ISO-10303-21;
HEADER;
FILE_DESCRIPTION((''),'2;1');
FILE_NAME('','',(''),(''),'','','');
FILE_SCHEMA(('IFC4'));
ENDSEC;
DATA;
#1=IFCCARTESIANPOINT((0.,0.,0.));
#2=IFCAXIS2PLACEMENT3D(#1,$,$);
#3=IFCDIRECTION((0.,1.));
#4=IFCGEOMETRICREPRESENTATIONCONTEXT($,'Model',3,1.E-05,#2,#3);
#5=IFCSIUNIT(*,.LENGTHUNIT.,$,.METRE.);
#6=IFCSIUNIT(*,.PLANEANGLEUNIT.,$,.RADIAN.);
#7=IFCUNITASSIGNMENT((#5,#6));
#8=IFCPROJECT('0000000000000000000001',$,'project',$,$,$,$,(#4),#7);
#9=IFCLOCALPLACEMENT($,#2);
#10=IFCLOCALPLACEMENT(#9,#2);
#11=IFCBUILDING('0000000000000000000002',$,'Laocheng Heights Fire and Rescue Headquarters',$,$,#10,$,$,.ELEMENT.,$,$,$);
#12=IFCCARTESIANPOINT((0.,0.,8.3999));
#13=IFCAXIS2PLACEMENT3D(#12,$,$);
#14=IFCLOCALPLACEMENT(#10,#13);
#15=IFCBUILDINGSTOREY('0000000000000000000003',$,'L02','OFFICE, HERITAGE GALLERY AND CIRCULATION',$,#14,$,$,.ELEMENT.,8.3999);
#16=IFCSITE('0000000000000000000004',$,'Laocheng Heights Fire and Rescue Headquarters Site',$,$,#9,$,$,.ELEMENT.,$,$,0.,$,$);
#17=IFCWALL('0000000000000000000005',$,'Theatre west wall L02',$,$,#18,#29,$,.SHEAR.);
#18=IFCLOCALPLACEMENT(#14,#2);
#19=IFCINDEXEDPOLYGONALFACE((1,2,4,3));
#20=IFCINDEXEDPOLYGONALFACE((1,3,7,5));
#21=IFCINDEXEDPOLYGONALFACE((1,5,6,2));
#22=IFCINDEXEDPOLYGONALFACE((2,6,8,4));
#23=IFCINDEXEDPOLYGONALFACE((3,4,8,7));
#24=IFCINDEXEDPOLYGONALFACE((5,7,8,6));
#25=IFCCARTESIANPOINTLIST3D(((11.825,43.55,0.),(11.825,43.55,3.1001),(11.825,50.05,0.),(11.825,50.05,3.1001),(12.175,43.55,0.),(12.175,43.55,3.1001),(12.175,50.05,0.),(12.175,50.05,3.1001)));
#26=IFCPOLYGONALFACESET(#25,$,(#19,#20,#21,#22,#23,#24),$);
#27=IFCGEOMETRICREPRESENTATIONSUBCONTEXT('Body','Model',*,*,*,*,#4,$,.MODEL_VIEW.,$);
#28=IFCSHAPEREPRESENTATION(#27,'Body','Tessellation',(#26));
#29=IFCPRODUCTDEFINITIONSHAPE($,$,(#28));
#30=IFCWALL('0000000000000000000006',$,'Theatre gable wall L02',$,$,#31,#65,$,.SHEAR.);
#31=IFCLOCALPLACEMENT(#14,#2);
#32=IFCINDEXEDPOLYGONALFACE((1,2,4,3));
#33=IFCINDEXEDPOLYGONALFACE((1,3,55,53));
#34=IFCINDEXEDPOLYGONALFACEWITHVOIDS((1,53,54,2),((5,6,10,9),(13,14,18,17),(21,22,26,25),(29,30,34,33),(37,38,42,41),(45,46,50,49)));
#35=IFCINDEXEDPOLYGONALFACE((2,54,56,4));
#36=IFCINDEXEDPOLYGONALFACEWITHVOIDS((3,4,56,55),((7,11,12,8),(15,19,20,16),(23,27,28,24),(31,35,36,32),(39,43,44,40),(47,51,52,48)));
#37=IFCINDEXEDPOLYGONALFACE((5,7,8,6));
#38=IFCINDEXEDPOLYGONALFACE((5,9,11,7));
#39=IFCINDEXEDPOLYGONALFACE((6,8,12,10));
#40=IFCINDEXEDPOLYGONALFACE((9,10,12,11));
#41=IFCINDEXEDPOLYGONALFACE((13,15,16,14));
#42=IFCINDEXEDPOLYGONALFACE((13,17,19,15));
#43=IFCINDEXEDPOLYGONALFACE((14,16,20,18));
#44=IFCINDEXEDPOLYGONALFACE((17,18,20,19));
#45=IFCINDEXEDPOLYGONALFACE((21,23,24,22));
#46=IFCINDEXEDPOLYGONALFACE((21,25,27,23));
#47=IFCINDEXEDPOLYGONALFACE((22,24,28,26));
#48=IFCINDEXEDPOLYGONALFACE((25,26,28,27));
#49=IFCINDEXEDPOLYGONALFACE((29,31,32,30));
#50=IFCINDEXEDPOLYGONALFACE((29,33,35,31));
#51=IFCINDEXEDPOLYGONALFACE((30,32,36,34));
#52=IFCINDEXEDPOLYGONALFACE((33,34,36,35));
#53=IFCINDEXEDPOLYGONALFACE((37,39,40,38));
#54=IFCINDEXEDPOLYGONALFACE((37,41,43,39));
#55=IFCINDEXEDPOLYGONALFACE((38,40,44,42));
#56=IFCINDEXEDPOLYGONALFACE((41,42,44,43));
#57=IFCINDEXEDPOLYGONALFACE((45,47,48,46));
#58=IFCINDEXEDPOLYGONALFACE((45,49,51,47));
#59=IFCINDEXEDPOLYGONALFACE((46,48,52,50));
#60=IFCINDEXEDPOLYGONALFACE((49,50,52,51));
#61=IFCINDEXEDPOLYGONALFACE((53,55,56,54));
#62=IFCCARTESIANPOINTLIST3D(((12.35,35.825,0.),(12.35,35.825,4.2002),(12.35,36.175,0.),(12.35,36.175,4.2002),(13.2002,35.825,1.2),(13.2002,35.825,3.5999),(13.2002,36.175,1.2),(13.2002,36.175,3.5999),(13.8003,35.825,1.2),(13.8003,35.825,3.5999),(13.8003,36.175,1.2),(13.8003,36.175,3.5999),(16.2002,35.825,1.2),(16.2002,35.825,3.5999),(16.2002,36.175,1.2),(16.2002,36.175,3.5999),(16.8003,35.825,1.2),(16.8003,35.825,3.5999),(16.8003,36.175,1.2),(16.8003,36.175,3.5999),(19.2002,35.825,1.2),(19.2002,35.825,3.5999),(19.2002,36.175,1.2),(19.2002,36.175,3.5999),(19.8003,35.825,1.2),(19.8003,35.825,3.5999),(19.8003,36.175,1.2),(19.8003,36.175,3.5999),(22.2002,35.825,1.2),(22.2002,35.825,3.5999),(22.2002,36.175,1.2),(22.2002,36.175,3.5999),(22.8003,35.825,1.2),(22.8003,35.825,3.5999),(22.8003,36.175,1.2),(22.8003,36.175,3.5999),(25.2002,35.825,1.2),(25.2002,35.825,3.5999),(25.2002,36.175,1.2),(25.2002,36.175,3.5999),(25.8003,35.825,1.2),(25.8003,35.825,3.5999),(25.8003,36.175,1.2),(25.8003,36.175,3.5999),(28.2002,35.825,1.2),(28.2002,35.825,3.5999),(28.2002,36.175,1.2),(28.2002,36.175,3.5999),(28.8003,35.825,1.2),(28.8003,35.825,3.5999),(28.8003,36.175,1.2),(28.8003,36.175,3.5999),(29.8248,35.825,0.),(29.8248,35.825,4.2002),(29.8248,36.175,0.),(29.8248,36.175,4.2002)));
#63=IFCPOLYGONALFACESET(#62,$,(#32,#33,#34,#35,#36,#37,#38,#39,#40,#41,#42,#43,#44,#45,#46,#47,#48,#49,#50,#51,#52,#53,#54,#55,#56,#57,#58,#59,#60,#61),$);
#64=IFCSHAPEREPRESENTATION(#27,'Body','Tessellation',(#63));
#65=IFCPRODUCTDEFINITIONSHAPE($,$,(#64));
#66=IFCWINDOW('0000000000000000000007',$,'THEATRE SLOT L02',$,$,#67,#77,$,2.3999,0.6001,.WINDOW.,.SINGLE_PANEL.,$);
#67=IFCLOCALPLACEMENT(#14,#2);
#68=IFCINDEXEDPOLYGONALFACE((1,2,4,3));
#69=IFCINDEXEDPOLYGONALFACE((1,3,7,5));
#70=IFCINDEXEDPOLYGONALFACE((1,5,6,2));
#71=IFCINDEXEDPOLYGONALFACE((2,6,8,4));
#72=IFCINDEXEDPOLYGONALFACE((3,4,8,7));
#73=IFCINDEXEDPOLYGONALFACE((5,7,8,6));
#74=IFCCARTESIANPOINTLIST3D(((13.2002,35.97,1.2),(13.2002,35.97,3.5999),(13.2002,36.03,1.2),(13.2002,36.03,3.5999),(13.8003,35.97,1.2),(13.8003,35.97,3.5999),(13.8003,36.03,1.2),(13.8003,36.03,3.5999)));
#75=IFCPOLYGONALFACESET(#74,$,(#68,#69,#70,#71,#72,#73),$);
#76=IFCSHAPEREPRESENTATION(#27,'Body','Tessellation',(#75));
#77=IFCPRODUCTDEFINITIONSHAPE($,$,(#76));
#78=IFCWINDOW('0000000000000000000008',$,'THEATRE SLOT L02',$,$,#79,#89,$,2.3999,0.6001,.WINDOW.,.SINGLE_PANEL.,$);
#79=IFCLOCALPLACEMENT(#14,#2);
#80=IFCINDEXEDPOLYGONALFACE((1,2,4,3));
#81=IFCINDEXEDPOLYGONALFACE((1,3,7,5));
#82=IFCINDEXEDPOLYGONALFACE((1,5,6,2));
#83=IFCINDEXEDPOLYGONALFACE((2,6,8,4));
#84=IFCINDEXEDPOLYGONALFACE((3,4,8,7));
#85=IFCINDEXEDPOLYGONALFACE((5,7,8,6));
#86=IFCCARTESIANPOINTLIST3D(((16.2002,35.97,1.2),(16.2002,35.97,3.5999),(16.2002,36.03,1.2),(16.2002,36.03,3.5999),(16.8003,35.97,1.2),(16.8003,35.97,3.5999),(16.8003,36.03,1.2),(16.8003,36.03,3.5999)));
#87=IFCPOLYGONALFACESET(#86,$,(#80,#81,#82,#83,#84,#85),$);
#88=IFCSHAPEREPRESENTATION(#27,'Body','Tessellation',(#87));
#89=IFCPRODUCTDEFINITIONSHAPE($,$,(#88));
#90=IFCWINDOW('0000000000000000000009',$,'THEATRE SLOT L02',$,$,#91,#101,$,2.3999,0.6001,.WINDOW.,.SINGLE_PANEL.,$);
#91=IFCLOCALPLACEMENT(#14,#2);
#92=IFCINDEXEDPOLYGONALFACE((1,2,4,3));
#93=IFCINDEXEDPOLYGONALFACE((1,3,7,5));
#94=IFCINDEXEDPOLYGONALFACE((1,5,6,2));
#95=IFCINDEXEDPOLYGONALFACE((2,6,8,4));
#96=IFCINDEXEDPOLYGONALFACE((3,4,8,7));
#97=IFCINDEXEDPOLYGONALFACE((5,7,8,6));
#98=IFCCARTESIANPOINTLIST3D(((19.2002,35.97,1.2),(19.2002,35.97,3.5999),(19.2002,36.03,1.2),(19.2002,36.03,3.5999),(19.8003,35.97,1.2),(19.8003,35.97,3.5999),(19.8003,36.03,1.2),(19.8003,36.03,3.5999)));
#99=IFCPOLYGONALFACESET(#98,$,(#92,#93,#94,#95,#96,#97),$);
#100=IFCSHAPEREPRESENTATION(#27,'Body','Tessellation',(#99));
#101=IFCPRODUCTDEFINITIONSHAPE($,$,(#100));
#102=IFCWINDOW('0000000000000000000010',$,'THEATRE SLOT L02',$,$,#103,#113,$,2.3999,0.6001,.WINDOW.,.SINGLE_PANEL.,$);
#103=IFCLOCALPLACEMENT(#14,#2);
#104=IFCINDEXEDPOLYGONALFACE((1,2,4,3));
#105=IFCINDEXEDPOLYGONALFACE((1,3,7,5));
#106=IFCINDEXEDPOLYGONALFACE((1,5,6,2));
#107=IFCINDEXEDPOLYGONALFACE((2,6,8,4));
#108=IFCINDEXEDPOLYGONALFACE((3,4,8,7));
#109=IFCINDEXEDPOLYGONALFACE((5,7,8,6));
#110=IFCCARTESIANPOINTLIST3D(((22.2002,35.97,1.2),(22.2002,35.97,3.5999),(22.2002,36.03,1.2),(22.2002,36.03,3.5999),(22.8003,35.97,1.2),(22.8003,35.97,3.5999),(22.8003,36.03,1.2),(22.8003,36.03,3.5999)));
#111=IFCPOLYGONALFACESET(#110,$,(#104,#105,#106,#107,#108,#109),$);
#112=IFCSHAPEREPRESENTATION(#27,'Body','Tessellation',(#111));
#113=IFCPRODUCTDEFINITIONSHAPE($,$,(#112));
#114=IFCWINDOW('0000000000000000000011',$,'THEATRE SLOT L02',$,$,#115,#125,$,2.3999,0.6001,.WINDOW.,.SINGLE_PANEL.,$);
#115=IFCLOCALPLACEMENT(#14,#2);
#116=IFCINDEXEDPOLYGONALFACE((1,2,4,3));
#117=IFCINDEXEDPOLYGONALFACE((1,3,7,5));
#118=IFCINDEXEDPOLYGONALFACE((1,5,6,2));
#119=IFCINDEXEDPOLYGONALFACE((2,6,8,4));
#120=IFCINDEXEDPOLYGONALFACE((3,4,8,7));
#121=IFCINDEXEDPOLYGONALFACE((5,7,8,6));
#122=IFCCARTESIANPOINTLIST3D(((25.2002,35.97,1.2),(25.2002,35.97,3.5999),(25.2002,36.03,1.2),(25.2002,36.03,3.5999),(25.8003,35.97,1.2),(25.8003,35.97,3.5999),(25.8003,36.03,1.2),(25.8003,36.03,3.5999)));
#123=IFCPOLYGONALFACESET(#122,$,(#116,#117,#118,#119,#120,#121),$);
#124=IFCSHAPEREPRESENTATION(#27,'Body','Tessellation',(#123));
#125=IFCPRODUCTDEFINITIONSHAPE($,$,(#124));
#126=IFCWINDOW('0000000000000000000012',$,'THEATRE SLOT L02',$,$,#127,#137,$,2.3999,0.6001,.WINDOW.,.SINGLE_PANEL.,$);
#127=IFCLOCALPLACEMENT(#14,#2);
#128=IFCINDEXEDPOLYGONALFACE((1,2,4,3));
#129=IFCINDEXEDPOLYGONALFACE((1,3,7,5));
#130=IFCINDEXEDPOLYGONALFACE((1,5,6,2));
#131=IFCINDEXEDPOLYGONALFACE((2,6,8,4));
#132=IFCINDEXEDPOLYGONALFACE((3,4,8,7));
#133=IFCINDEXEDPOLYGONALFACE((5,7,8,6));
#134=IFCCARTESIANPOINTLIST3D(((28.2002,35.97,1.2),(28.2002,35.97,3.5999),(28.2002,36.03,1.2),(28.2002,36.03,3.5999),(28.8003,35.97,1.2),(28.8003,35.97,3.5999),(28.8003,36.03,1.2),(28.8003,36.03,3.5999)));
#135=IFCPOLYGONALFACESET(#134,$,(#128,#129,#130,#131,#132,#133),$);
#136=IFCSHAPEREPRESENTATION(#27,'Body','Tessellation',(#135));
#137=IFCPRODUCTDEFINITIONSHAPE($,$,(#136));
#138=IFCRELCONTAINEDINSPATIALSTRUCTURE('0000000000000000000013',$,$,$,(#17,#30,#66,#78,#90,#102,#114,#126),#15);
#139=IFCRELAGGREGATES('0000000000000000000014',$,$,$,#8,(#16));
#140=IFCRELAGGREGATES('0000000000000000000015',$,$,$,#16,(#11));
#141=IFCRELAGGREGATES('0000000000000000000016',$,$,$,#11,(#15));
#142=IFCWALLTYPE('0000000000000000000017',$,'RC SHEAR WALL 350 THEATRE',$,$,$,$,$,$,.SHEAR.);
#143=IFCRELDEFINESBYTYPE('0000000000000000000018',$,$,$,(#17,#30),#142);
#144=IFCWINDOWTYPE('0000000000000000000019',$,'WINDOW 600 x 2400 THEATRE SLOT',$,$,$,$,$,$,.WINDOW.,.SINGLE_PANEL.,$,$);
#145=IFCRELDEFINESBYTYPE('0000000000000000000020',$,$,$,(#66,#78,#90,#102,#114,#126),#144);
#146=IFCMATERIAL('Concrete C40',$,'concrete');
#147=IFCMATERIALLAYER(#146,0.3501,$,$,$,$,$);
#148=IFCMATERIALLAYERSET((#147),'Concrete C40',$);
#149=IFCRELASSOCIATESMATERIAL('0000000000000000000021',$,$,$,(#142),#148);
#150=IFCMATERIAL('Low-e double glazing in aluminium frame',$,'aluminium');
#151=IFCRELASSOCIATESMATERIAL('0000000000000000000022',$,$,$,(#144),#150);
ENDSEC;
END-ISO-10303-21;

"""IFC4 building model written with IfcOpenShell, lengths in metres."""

from ifc_helpers import new_model, si_unit, direction, frame, frame_2d, origin, place, context, subcontext, project, spatial, rectangle, extrude, material, layer, layer_set, type_object, element, fill, save


model = new_model("IFC4")

# Units and contexts
model_context = context("Model", 3, precision=1e-05, world=origin(), true_north=direction((0.0, 1.0)))
body_context = subcontext(model_context, "Body", "Model", "MODEL_VIEW")
ifc_project = project(units=[si_unit("LENGTHUNIT", "METRE"), si_unit("PLANEANGLEUNIT", "RADIAN")], contexts=[model_context])

# Site, building, storey
site_placement = place(None, origin())
site = spatial("IfcSite", under=ifc_project, at=site_placement, Name="Laocheng Heights Fire and Rescue Headquarters Site", CompositionType="ELEMENT", RefElevation=0.0)
building_placement = place(site_placement, origin())
building = spatial("IfcBuilding", under=site, at=building_placement, Name="Laocheng Heights Fire and Rescue Headquarters", CompositionType="ELEMENT")
storey_placement = place(building_placement, frame((0.0, 0.0, 8.3999)))
storey = spatial("IfcBuildingStorey", under=building, at=storey_placement, Name="L02", Description="OFFICE, HERITAGE GALLERY AND CIRCULATION", CompositionType="ELEMENT", Elevation=8.3999)

# Wall
ifc_material_1 = material(Name="Concrete C40", Category="concrete")
ifc_layer_1 = layer(ifc_material_1, 0.3501)
ifc_layer_set_1 = layer_set([ifc_layer_1], Name="Concrete C40")
wall_type_1 = type_object("IfcWallType", Name="RC SHEAR WALL 350 THEATRE", PredefinedType="SHEAR", material=ifc_layer_set_1)
for number, where, z_axis, x_axis, name in (
    (1, (12.0, 43.55, 0.0), (0.0, 0.0, 1.0), (0.0, 1.0, 0.0), "Theatre west wall L02"),
):
    element("IfcWall", number, at=place(storey_placement, frame(where, z_axis=z_axis, x_axis=x_axis)), inside=storey, type_object=wall_type_1, Name=name, PredefinedType="SHEAR", context=body_context, shape_type="SweptSolid", body=[
        extrude(rectangle(XDim=6.5, YDim=0.3501, at=frame_2d((3.25, 0.0))), origin(), (0.0, 0.0, 1.0), 3.1001),
    ])

# Wall, openings, windows
wall_1_placement = place(storey_placement, frame((12.3501, 36.0, 0.0), z_axis=(0.0, 0.0, 1.0), x_axis=(1.0, 0.0, 0.0)))
wall_1 = element("IfcWall", 2, at=wall_1_placement, inside=storey, type_object=wall_type_1, Name="Theatre gable wall L02", PredefinedType="SHEAR", context=body_context, shape_type="SweptSolid", body=[
    extrude(rectangle(XDim=17.4749, YDim=0.3501, at=frame_2d((8.7373, 0.0))), origin(), (0.0, 0.0, 1.0), 4.2002),
])
opening_1_placement = place(wall_1_placement, frame((0.8501, 0.0, 1.2)))
opening_1 = element("IfcOpeningElement", 3, at=opening_1_placement, cuts=wall_1, PredefinedType="OPENING", context=body_context, shape_type="SweptSolid", body=[
    extrude(rectangle(XDim=0.6001, YDim=2.3999, at=frame_2d((0.3, 1.2))), frame((0.0, 0.1851, 0.0), z_axis=(0.0, -1.0, 0.0), x_axis=(1.0, 0.0, 0.0)), (0.0, 0.0, 1.0), 0.3701),
])
opening_2_placement = place(wall_1_placement, frame((3.8501, 0.0, 1.2)))
opening_2 = element("IfcOpeningElement", 4, at=opening_2_placement, cuts=wall_1, PredefinedType="OPENING", context=body_context, shape_type="SweptSolid", body=[
    extrude(rectangle(XDim=0.6001, YDim=2.3999, at=frame_2d((0.3, 1.2))), frame((0.0, 0.1851, 0.0), z_axis=(0.0, -1.0, 0.0), x_axis=(1.0, 0.0, 0.0)), (0.0, 0.0, 1.0), 0.3701),
])
opening_3_placement = place(wall_1_placement, frame((6.8501, 0.0, 1.2)))
opening_3 = element("IfcOpeningElement", 5, at=opening_3_placement, cuts=wall_1, PredefinedType="OPENING", context=body_context, shape_type="SweptSolid", body=[
    extrude(rectangle(XDim=0.6001, YDim=2.3999, at=frame_2d((0.3, 1.2))), frame((0.0, 0.1851, 0.0), z_axis=(0.0, -1.0, 0.0), x_axis=(1.0, 0.0, 0.0)), (0.0, 0.0, 1.0), 0.3701),
])
opening_4_placement = place(wall_1_placement, frame((9.8501, 0.0, 1.2)))
opening_4 = element("IfcOpeningElement", 6, at=opening_4_placement, cuts=wall_1, PredefinedType="OPENING", context=body_context, shape_type="SweptSolid", body=[
    extrude(rectangle(XDim=0.6001, YDim=2.3999, at=frame_2d((0.3, 1.2))), frame((0.0, 0.1851, 0.0), z_axis=(0.0, -1.0, 0.0), x_axis=(1.0, 0.0, 0.0)), (0.0, 0.0, 1.0), 0.3701),
])
opening_5_placement = place(wall_1_placement, frame((12.8501, 0.0, 1.2)))
opening_5 = element("IfcOpeningElement", 7, at=opening_5_placement, cuts=wall_1, PredefinedType="OPENING", context=body_context, shape_type="SweptSolid", body=[
    extrude(rectangle(XDim=0.6001, YDim=2.3999, at=frame_2d((0.3, 1.2))), frame((0.0, 0.1851, 0.0), z_axis=(0.0, -1.0, 0.0), x_axis=(1.0, 0.0, 0.0)), (0.0, 0.0, 1.0), 0.3701),
])
opening_6_placement = place(wall_1_placement, frame((15.8501, 0.0, 1.2)))
opening_6 = element("IfcOpeningElement", 8, at=opening_6_placement, cuts=wall_1, PredefinedType="OPENING", context=body_context, shape_type="SweptSolid", body=[
    extrude(rectangle(XDim=0.6001, YDim=2.3999, at=frame_2d((0.3, 1.2))), frame((0.0, 0.1851, 0.0), z_axis=(0.0, -1.0, 0.0), x_axis=(1.0, 0.0, 0.0)), (0.0, 0.0, 1.0), 0.3701),
])
ifc_material_2 = material(Name="Low-e double glazing in aluminium frame", Category="aluminium")
window_type = type_object("IfcWindowType", Name="WINDOW 600 x 2400 THEATRE SLOT", PartitioningType="SINGLE_PANEL", PredefinedType="WINDOW", material=ifc_material_2)
window_1_placement = place(opening_1_placement, origin())
window_1 = element("IfcWindow", 9, at=window_1_placement, inside=storey, type_object=window_type, Name="THEATRE SLOT L02", OverallHeight=2.3999, OverallWidth=0.6001, PartitioningType="SINGLE_PANEL", PredefinedType="WINDOW", context=body_context, shape_type="SweptSolid", body=[
    extrude(rectangle(XDim=0.6001, YDim=2.3999, at=frame_2d((0.3, 1.2))), frame((0.0, 0.03, 0.0), z_axis=(0.0, -1.0, 0.0), x_axis=(1.0, 0.0, 0.0)), (0.0, 0.0, 1.0), 0.0601),
])
fill(opening_1, window_1)
window_2_placement = place(opening_2_placement, origin())
window_2 = element("IfcWindow", 10, at=window_2_placement, inside=storey, type_object=window_type, Name="THEATRE SLOT L02", OverallHeight=2.3999, OverallWidth=0.6001, PartitioningType="SINGLE_PANEL", PredefinedType="WINDOW", context=body_context, shape_type="SweptSolid", body=[
    extrude(rectangle(XDim=0.6001, YDim=2.3999, at=frame_2d((0.3, 1.2))), frame((0.0, 0.03, 0.0), z_axis=(0.0, -1.0, 0.0), x_axis=(1.0, 0.0, 0.0)), (0.0, 0.0, 1.0), 0.0601),
])
fill(opening_2, window_2)
window_3_placement = place(opening_3_placement, origin())
window_3 = element("IfcWindow", 11, at=window_3_placement, inside=storey, type_object=window_type, Name="THEATRE SLOT L02", OverallHeight=2.3999, OverallWidth=0.6001, PartitioningType="SINGLE_PANEL", PredefinedType="WINDOW", context=body_context, shape_type="SweptSolid", body=[
    extrude(rectangle(XDim=0.6001, YDim=2.3999, at=frame_2d((0.3, 1.2))), frame((0.0, 0.03, 0.0), z_axis=(0.0, -1.0, 0.0), x_axis=(1.0, 0.0, 0.0)), (0.0, 0.0, 1.0), 0.0601),
])
fill(opening_3, window_3)
window_4_placement = place(opening_4_placement, origin())
window_4 = element("IfcWindow", 12, at=window_4_placement, inside=storey, type_object=window_type, Name="THEATRE SLOT L02", OverallHeight=2.3999, OverallWidth=0.6001, PartitioningType="SINGLE_PANEL", PredefinedType="WINDOW", context=body_context, shape_type="SweptSolid", body=[
    extrude(rectangle(XDim=0.6001, YDim=2.3999, at=frame_2d((0.3, 1.2))), frame((0.0, 0.03, 0.0), z_axis=(0.0, -1.0, 0.0), x_axis=(1.0, 0.0, 0.0)), (0.0, 0.0, 1.0), 0.0601),
])
fill(opening_4, window_4)
window_5_placement = place(opening_5_placement, origin())
window_5 = element("IfcWindow", 13, at=window_5_placement, inside=storey, type_object=window_type, Name="THEATRE SLOT L02", OverallHeight=2.3999, OverallWidth=0.6001, PartitioningType="SINGLE_PANEL", PredefinedType="WINDOW", context=body_context, shape_type="SweptSolid", body=[
    extrude(rectangle(XDim=0.6001, YDim=2.3999, at=frame_2d((0.3, 1.2))), frame((0.0, 0.03, 0.0), z_axis=(0.0, -1.0, 0.0), x_axis=(1.0, 0.0, 0.0)), (0.0, 0.0, 1.0), 0.0601),
])
fill(opening_5, window_5)
window_6_placement = place(opening_6_placement, origin())
window_6 = element("IfcWindow", 14, at=window_6_placement, inside=storey, type_object=window_type, Name="THEATRE SLOT L02", OverallHeight=2.3999, OverallWidth=0.6001, PartitioningType="SINGLE_PANEL", PredefinedType="WINDOW", context=body_context, shape_type="SweptSolid", body=[
    extrude(rectangle(XDim=0.6001, YDim=2.3999, at=frame_2d((0.3, 1.2))), frame((0.0, 0.03, 0.0), z_axis=(0.0, -1.0, 0.0), x_axis=(1.0, 0.0, 0.0)), (0.0, 0.0, 1.0), 0.0601),
])
fill(opening_6, window_6)

save(model, "model.ifc")
